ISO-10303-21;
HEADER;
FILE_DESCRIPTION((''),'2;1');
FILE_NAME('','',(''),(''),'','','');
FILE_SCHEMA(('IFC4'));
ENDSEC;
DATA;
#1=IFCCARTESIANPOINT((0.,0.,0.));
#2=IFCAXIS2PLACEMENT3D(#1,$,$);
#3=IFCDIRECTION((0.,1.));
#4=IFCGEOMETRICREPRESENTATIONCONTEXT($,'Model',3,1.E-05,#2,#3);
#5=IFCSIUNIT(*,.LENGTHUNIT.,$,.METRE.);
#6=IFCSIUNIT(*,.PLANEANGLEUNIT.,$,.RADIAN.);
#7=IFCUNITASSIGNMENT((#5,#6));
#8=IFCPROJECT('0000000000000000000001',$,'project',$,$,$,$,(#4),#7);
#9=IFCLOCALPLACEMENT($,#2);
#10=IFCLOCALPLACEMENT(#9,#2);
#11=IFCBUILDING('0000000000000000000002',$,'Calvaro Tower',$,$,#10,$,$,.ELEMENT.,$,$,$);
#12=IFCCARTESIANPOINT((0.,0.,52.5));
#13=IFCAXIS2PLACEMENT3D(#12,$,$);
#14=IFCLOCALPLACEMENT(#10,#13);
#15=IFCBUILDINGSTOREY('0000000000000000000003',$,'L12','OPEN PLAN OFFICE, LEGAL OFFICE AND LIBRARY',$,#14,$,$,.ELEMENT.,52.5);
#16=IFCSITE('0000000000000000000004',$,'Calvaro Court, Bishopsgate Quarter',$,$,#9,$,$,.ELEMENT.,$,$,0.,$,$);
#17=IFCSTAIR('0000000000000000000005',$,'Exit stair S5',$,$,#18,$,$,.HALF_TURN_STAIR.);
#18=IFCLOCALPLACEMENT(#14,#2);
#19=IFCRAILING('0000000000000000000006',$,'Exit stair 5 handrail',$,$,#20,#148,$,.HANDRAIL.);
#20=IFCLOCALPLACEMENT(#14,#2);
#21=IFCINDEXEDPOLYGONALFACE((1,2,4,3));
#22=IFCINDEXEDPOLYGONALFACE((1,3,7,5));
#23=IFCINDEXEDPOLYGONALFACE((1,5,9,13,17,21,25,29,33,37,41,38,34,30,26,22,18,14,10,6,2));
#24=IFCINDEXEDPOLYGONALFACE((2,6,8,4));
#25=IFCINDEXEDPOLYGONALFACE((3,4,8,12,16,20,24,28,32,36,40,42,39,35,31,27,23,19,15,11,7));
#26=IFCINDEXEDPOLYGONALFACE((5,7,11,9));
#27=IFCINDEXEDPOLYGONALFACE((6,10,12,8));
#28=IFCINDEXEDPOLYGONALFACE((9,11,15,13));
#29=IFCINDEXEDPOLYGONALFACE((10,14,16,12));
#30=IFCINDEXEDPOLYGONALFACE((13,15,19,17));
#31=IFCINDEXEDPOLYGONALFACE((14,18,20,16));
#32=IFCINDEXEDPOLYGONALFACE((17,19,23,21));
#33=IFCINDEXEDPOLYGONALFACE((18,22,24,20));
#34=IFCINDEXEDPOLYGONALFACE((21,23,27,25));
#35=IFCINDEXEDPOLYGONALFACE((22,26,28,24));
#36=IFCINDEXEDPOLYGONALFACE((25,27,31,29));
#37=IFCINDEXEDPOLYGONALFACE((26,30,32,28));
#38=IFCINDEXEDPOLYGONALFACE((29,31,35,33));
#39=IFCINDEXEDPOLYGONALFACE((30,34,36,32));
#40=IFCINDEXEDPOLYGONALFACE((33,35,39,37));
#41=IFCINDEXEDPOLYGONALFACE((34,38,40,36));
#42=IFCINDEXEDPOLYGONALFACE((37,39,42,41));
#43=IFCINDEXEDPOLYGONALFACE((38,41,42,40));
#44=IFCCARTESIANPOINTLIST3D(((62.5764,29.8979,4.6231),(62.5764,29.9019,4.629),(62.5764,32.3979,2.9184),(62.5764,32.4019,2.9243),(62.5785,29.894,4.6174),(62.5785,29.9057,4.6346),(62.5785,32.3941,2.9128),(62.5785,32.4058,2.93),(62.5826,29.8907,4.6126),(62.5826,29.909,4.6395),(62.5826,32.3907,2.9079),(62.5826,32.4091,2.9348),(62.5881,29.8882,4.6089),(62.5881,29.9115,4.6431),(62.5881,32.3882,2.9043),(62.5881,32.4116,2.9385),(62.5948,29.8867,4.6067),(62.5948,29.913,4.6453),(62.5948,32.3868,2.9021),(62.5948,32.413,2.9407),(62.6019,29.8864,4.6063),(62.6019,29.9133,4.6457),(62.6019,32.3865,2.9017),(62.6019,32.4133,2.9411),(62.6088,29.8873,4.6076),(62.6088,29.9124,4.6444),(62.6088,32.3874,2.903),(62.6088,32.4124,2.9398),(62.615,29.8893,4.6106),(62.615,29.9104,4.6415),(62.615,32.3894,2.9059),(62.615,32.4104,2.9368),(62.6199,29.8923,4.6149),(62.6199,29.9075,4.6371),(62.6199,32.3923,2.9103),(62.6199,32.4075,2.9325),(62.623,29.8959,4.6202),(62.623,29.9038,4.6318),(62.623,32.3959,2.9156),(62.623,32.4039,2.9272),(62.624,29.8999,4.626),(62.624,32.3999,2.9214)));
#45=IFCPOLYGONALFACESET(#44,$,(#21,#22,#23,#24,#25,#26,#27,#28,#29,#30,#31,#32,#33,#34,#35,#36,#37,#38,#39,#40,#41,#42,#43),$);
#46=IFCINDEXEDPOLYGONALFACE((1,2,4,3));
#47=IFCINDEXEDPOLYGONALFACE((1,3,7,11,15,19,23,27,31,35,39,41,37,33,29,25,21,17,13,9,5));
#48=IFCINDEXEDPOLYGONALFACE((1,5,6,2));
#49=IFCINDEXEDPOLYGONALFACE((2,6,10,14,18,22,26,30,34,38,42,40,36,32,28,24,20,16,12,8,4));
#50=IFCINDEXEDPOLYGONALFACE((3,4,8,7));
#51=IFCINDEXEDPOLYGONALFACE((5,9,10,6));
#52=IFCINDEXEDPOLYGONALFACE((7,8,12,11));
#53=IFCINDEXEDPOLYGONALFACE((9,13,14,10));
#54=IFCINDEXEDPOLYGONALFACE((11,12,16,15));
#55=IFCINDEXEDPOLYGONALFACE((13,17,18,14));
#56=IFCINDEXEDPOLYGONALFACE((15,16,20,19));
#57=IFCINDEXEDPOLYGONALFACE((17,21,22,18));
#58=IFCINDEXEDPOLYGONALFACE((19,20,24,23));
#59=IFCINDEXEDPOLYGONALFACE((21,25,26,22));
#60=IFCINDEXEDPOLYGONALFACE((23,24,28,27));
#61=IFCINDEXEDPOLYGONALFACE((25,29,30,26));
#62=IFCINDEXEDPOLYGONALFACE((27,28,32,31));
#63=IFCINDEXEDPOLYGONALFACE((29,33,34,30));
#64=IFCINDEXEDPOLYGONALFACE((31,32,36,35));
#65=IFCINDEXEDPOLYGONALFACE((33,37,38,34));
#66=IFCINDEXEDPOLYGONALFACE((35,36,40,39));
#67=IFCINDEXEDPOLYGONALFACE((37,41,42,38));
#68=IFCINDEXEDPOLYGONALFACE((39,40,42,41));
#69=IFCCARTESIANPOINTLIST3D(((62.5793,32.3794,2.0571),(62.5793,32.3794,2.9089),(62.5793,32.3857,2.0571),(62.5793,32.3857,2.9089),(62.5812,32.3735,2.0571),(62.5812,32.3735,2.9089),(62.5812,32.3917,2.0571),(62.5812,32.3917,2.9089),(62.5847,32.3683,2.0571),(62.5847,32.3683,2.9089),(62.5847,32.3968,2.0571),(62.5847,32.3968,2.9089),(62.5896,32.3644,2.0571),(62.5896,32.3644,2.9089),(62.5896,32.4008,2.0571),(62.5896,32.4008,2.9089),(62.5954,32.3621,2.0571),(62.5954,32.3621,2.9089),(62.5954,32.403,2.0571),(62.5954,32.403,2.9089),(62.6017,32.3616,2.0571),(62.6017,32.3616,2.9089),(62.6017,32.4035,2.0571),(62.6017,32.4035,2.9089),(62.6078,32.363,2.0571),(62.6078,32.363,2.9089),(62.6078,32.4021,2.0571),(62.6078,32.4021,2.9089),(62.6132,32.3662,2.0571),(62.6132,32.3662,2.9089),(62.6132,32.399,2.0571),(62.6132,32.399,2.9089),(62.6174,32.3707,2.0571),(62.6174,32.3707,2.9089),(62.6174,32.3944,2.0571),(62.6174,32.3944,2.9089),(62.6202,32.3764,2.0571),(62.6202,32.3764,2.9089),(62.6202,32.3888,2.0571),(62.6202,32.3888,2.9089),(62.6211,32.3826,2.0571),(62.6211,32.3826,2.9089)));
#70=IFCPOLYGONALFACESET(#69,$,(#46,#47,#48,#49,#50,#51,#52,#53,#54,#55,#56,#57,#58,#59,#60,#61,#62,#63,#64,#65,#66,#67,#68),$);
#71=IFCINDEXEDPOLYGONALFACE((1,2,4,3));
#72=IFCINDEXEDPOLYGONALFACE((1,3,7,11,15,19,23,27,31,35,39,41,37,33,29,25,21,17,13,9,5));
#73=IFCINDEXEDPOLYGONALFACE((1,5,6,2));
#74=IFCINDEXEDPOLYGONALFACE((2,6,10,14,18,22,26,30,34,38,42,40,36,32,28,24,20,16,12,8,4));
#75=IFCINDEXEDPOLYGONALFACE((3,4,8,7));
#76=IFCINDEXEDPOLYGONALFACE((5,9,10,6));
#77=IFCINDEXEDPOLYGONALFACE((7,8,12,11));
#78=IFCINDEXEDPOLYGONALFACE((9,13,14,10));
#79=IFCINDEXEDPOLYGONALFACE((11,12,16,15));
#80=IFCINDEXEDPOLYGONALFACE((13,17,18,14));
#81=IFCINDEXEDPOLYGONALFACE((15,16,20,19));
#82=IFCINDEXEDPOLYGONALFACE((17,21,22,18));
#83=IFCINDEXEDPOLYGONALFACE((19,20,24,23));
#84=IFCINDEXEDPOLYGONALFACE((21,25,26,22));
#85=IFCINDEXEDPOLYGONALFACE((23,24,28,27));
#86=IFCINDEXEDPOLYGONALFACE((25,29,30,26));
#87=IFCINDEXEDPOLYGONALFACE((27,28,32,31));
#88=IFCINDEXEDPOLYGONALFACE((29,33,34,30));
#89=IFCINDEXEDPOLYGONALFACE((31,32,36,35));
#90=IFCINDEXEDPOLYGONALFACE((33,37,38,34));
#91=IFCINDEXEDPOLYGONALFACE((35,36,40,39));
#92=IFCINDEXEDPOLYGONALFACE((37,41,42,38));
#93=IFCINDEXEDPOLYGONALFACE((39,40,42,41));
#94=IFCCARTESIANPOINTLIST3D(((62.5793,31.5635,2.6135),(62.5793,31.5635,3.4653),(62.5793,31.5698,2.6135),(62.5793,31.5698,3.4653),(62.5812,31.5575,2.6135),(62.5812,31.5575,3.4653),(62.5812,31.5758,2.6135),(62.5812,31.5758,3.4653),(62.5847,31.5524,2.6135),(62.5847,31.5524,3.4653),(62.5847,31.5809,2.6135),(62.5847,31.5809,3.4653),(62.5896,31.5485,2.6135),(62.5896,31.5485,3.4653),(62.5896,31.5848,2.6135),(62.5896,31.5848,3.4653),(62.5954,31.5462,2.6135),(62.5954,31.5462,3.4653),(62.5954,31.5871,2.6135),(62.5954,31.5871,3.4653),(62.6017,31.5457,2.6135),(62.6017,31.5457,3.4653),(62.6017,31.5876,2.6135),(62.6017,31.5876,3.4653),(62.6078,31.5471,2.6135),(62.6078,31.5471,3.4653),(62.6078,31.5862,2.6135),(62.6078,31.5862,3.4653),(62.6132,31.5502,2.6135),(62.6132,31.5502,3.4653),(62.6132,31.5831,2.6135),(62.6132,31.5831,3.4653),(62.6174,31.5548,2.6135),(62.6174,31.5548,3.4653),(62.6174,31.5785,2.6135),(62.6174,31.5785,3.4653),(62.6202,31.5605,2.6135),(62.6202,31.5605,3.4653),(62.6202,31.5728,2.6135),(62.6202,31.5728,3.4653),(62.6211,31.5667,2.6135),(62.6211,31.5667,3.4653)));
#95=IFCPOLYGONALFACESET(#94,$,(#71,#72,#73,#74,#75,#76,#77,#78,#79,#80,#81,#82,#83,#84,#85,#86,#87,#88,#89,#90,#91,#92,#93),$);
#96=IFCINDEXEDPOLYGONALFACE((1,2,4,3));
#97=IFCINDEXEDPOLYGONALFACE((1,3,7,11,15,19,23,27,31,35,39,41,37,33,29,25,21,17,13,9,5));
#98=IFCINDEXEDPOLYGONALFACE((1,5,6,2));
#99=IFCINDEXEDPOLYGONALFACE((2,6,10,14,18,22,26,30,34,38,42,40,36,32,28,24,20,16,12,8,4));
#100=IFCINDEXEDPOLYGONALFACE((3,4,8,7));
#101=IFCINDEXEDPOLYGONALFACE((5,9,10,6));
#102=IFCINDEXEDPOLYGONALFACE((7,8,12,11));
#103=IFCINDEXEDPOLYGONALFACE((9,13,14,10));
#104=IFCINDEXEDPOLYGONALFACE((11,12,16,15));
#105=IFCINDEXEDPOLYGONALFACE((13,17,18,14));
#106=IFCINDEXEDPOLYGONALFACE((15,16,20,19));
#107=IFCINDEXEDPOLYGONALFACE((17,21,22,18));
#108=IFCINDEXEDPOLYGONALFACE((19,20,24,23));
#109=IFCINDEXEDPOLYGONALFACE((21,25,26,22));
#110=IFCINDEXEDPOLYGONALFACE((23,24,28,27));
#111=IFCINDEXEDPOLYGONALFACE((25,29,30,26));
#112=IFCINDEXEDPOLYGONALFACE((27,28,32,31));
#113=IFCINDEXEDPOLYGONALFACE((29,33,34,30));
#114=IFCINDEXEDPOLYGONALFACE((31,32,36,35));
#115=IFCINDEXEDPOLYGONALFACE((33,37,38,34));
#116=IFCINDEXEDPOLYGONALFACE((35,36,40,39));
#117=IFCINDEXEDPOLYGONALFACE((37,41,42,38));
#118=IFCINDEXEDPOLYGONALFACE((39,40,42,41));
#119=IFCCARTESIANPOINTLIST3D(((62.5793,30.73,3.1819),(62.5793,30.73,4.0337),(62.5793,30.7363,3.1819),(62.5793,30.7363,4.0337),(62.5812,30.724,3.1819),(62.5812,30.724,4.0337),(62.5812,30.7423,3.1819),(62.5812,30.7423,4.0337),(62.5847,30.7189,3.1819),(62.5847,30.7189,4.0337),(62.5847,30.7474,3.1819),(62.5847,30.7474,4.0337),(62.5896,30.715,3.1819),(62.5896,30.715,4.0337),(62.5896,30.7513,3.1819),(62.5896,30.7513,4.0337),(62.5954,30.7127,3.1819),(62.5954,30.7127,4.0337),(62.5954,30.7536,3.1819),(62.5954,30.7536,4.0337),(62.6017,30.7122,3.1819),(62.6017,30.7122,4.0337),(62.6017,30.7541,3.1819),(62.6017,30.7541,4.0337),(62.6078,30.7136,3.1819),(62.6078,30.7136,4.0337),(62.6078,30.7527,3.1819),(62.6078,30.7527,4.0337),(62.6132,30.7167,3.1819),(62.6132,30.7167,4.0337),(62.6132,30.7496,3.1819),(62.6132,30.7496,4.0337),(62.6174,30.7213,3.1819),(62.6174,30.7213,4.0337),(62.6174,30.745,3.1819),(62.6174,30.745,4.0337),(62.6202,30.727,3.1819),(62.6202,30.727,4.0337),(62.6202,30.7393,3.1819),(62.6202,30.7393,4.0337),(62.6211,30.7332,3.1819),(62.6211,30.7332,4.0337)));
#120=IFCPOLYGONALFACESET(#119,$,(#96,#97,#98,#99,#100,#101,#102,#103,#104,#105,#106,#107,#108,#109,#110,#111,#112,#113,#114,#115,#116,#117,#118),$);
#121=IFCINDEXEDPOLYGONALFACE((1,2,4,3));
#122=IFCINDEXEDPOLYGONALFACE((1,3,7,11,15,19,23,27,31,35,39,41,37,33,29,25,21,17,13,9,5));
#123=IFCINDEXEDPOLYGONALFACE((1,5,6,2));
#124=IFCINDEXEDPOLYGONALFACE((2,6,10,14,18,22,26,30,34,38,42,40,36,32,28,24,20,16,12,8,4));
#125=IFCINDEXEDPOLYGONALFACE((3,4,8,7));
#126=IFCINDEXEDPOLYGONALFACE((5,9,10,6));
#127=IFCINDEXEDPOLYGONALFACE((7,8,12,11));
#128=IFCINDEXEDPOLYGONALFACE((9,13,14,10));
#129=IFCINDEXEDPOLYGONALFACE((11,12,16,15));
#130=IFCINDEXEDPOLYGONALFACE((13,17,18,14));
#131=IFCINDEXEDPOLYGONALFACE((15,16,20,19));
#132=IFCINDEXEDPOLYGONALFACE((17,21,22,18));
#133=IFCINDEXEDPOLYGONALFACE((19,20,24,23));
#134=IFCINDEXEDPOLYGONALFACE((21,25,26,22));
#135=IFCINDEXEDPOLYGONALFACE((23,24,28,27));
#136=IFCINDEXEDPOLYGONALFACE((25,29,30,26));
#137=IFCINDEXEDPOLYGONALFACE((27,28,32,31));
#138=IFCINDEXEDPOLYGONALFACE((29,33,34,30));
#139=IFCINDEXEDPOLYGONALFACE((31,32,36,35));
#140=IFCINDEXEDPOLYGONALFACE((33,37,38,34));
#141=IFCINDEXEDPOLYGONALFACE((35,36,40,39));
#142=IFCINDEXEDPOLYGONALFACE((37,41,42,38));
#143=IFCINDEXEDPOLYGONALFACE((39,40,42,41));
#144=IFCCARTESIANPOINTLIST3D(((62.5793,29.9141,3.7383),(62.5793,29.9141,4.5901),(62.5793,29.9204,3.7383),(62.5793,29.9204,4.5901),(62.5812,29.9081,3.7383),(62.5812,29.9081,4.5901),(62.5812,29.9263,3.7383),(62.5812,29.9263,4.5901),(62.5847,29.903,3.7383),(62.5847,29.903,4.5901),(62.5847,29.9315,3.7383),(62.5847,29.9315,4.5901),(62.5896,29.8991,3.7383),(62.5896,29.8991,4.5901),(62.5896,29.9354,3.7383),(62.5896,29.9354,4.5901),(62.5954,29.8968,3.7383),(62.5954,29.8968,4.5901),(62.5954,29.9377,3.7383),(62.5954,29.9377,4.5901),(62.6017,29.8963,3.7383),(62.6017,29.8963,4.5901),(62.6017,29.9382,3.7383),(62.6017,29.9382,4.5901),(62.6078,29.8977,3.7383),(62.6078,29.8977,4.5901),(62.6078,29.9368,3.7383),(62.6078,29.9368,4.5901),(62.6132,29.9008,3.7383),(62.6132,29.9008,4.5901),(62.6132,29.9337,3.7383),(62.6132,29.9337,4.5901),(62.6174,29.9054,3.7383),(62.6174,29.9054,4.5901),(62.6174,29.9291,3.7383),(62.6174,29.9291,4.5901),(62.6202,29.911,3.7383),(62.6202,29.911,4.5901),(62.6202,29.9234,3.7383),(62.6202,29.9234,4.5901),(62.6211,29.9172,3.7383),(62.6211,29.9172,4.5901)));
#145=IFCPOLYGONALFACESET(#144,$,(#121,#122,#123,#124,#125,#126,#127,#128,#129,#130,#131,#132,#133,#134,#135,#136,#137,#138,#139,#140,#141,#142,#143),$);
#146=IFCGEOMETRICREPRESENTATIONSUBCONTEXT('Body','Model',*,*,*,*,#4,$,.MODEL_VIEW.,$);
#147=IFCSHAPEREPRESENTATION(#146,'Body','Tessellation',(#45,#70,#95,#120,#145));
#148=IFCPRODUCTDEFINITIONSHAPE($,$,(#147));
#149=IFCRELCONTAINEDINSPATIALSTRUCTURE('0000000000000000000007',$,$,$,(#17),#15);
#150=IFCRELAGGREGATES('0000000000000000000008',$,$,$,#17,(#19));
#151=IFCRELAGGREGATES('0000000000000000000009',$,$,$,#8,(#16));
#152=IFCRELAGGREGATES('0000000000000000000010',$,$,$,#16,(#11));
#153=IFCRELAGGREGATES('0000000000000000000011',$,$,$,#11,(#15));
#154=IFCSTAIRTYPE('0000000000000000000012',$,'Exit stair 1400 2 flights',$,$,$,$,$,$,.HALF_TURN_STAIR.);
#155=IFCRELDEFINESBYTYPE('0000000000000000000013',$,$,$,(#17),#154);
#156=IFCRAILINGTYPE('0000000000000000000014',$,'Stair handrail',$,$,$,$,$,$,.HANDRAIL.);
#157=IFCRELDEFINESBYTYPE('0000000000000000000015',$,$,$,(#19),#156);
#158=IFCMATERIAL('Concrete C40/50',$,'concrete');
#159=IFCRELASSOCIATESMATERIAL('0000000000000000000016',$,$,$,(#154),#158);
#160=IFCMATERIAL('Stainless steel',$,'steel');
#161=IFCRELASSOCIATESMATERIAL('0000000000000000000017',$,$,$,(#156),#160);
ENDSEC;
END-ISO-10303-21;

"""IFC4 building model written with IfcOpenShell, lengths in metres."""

from ifc_helpers import new_model, si_unit, direction, frame, origin, origin_2d, place, context, subcontext, project, spatial, circle, extrude, material, type_object, element, aggregate, save


model = new_model("IFC4")

# Units and contexts
model_context = context("Model", 3, precision=1e-05, world=origin(), true_north=direction((0.0, 1.0)))
body_context = subcontext(model_context, "Body", "Model", "MODEL_VIEW")
ifc_project = project(units=[si_unit("LENGTHUNIT", "METRE"), si_unit("PLANEANGLEUNIT", "RADIAN")], contexts=[model_context])

# Site, building, storey
site_placement = place(None, origin())
site = spatial("IfcSite", under=ifc_project, at=site_placement, Name="Calvaro Court, Bishopsgate Quarter", CompositionType="ELEMENT", RefElevation=0.0)
building_placement = place(site_placement, origin())
building = spatial("IfcBuilding", under=site, at=building_placement, Name="Calvaro Tower", CompositionType="ELEMENT")
storey_placement = place(building_placement, frame((0.0, 0.0, 52.5)))
storey = spatial("IfcBuildingStorey", under=building, at=storey_placement, Name="L12", Description="OPEN PLAN OFFICE, LEGAL OFFICE AND LIBRARY", CompositionType="ELEMENT", Elevation=52.5)

# Stair
ifc_material_1 = material(Name="Concrete C40/50", Category="concrete")
stair_type = type_object("IfcStairType", Name="Exit stair 1400 2 flights", PredefinedType="HALF_TURN_STAIR", material=ifc_material_1)
stair_1_placement = place(storey_placement, origin())
stair_1 = element("IfcStair", 1, at=stair_1_placement, inside=storey, type_object=stair_type, Name="Exit stair S5", PredefinedType="HALF_TURN_STAIR")

# Shared definitions
ifc_material_2 = material(Name="Stainless steel", Category="steel")
railing_type = type_object("IfcRailingType", Name="Stair handrail", PredefinedType="HANDRAIL", material=ifc_material_2)

# Railing
railing_1_placement = place(storey_placement, frame((62.6001, 32.3999, 2.0454)))
railing_1 = element("IfcRailing", 2, at=railing_1_placement, type_object=railing_type, Name="Exit stair 5 handrail", PredefinedType="HANDRAIL", context=body_context, shape_type="SweptSolid", body=[
    extrude(circle(Radius=0.0239, at=origin_2d()), frame((0.0, 0.0, 0.876), z_axis=(0.0, -0.826221, 0.563347), x_axis=(1.0, 0.0, 0.0)), (0.0, 0.0, 1.0), 3.0259),
    extrude(circle(Radius=0.021, at=origin_2d()), frame((0.0, -0.0173, 0.0117)), (0.0, 0.0, 1.0), 0.8518),
    extrude(circle(Radius=0.021, at=origin_2d()), frame((0.0, -0.8333, 0.5681)), (0.0, 0.0, 1.0), 0.8518),
    extrude(circle(Radius=0.021, at=origin_2d()), frame((0.0, -1.6667, 1.1365)), (0.0, 0.0, 1.0), 0.8518),
    extrude(circle(Radius=0.021, at=origin_2d()), frame((0.0, -2.4827, 1.6929)), (0.0, 0.0, 1.0), 0.8518),
])
aggregate(stair_1, [railing_1])

save(model, "model.ifc")
